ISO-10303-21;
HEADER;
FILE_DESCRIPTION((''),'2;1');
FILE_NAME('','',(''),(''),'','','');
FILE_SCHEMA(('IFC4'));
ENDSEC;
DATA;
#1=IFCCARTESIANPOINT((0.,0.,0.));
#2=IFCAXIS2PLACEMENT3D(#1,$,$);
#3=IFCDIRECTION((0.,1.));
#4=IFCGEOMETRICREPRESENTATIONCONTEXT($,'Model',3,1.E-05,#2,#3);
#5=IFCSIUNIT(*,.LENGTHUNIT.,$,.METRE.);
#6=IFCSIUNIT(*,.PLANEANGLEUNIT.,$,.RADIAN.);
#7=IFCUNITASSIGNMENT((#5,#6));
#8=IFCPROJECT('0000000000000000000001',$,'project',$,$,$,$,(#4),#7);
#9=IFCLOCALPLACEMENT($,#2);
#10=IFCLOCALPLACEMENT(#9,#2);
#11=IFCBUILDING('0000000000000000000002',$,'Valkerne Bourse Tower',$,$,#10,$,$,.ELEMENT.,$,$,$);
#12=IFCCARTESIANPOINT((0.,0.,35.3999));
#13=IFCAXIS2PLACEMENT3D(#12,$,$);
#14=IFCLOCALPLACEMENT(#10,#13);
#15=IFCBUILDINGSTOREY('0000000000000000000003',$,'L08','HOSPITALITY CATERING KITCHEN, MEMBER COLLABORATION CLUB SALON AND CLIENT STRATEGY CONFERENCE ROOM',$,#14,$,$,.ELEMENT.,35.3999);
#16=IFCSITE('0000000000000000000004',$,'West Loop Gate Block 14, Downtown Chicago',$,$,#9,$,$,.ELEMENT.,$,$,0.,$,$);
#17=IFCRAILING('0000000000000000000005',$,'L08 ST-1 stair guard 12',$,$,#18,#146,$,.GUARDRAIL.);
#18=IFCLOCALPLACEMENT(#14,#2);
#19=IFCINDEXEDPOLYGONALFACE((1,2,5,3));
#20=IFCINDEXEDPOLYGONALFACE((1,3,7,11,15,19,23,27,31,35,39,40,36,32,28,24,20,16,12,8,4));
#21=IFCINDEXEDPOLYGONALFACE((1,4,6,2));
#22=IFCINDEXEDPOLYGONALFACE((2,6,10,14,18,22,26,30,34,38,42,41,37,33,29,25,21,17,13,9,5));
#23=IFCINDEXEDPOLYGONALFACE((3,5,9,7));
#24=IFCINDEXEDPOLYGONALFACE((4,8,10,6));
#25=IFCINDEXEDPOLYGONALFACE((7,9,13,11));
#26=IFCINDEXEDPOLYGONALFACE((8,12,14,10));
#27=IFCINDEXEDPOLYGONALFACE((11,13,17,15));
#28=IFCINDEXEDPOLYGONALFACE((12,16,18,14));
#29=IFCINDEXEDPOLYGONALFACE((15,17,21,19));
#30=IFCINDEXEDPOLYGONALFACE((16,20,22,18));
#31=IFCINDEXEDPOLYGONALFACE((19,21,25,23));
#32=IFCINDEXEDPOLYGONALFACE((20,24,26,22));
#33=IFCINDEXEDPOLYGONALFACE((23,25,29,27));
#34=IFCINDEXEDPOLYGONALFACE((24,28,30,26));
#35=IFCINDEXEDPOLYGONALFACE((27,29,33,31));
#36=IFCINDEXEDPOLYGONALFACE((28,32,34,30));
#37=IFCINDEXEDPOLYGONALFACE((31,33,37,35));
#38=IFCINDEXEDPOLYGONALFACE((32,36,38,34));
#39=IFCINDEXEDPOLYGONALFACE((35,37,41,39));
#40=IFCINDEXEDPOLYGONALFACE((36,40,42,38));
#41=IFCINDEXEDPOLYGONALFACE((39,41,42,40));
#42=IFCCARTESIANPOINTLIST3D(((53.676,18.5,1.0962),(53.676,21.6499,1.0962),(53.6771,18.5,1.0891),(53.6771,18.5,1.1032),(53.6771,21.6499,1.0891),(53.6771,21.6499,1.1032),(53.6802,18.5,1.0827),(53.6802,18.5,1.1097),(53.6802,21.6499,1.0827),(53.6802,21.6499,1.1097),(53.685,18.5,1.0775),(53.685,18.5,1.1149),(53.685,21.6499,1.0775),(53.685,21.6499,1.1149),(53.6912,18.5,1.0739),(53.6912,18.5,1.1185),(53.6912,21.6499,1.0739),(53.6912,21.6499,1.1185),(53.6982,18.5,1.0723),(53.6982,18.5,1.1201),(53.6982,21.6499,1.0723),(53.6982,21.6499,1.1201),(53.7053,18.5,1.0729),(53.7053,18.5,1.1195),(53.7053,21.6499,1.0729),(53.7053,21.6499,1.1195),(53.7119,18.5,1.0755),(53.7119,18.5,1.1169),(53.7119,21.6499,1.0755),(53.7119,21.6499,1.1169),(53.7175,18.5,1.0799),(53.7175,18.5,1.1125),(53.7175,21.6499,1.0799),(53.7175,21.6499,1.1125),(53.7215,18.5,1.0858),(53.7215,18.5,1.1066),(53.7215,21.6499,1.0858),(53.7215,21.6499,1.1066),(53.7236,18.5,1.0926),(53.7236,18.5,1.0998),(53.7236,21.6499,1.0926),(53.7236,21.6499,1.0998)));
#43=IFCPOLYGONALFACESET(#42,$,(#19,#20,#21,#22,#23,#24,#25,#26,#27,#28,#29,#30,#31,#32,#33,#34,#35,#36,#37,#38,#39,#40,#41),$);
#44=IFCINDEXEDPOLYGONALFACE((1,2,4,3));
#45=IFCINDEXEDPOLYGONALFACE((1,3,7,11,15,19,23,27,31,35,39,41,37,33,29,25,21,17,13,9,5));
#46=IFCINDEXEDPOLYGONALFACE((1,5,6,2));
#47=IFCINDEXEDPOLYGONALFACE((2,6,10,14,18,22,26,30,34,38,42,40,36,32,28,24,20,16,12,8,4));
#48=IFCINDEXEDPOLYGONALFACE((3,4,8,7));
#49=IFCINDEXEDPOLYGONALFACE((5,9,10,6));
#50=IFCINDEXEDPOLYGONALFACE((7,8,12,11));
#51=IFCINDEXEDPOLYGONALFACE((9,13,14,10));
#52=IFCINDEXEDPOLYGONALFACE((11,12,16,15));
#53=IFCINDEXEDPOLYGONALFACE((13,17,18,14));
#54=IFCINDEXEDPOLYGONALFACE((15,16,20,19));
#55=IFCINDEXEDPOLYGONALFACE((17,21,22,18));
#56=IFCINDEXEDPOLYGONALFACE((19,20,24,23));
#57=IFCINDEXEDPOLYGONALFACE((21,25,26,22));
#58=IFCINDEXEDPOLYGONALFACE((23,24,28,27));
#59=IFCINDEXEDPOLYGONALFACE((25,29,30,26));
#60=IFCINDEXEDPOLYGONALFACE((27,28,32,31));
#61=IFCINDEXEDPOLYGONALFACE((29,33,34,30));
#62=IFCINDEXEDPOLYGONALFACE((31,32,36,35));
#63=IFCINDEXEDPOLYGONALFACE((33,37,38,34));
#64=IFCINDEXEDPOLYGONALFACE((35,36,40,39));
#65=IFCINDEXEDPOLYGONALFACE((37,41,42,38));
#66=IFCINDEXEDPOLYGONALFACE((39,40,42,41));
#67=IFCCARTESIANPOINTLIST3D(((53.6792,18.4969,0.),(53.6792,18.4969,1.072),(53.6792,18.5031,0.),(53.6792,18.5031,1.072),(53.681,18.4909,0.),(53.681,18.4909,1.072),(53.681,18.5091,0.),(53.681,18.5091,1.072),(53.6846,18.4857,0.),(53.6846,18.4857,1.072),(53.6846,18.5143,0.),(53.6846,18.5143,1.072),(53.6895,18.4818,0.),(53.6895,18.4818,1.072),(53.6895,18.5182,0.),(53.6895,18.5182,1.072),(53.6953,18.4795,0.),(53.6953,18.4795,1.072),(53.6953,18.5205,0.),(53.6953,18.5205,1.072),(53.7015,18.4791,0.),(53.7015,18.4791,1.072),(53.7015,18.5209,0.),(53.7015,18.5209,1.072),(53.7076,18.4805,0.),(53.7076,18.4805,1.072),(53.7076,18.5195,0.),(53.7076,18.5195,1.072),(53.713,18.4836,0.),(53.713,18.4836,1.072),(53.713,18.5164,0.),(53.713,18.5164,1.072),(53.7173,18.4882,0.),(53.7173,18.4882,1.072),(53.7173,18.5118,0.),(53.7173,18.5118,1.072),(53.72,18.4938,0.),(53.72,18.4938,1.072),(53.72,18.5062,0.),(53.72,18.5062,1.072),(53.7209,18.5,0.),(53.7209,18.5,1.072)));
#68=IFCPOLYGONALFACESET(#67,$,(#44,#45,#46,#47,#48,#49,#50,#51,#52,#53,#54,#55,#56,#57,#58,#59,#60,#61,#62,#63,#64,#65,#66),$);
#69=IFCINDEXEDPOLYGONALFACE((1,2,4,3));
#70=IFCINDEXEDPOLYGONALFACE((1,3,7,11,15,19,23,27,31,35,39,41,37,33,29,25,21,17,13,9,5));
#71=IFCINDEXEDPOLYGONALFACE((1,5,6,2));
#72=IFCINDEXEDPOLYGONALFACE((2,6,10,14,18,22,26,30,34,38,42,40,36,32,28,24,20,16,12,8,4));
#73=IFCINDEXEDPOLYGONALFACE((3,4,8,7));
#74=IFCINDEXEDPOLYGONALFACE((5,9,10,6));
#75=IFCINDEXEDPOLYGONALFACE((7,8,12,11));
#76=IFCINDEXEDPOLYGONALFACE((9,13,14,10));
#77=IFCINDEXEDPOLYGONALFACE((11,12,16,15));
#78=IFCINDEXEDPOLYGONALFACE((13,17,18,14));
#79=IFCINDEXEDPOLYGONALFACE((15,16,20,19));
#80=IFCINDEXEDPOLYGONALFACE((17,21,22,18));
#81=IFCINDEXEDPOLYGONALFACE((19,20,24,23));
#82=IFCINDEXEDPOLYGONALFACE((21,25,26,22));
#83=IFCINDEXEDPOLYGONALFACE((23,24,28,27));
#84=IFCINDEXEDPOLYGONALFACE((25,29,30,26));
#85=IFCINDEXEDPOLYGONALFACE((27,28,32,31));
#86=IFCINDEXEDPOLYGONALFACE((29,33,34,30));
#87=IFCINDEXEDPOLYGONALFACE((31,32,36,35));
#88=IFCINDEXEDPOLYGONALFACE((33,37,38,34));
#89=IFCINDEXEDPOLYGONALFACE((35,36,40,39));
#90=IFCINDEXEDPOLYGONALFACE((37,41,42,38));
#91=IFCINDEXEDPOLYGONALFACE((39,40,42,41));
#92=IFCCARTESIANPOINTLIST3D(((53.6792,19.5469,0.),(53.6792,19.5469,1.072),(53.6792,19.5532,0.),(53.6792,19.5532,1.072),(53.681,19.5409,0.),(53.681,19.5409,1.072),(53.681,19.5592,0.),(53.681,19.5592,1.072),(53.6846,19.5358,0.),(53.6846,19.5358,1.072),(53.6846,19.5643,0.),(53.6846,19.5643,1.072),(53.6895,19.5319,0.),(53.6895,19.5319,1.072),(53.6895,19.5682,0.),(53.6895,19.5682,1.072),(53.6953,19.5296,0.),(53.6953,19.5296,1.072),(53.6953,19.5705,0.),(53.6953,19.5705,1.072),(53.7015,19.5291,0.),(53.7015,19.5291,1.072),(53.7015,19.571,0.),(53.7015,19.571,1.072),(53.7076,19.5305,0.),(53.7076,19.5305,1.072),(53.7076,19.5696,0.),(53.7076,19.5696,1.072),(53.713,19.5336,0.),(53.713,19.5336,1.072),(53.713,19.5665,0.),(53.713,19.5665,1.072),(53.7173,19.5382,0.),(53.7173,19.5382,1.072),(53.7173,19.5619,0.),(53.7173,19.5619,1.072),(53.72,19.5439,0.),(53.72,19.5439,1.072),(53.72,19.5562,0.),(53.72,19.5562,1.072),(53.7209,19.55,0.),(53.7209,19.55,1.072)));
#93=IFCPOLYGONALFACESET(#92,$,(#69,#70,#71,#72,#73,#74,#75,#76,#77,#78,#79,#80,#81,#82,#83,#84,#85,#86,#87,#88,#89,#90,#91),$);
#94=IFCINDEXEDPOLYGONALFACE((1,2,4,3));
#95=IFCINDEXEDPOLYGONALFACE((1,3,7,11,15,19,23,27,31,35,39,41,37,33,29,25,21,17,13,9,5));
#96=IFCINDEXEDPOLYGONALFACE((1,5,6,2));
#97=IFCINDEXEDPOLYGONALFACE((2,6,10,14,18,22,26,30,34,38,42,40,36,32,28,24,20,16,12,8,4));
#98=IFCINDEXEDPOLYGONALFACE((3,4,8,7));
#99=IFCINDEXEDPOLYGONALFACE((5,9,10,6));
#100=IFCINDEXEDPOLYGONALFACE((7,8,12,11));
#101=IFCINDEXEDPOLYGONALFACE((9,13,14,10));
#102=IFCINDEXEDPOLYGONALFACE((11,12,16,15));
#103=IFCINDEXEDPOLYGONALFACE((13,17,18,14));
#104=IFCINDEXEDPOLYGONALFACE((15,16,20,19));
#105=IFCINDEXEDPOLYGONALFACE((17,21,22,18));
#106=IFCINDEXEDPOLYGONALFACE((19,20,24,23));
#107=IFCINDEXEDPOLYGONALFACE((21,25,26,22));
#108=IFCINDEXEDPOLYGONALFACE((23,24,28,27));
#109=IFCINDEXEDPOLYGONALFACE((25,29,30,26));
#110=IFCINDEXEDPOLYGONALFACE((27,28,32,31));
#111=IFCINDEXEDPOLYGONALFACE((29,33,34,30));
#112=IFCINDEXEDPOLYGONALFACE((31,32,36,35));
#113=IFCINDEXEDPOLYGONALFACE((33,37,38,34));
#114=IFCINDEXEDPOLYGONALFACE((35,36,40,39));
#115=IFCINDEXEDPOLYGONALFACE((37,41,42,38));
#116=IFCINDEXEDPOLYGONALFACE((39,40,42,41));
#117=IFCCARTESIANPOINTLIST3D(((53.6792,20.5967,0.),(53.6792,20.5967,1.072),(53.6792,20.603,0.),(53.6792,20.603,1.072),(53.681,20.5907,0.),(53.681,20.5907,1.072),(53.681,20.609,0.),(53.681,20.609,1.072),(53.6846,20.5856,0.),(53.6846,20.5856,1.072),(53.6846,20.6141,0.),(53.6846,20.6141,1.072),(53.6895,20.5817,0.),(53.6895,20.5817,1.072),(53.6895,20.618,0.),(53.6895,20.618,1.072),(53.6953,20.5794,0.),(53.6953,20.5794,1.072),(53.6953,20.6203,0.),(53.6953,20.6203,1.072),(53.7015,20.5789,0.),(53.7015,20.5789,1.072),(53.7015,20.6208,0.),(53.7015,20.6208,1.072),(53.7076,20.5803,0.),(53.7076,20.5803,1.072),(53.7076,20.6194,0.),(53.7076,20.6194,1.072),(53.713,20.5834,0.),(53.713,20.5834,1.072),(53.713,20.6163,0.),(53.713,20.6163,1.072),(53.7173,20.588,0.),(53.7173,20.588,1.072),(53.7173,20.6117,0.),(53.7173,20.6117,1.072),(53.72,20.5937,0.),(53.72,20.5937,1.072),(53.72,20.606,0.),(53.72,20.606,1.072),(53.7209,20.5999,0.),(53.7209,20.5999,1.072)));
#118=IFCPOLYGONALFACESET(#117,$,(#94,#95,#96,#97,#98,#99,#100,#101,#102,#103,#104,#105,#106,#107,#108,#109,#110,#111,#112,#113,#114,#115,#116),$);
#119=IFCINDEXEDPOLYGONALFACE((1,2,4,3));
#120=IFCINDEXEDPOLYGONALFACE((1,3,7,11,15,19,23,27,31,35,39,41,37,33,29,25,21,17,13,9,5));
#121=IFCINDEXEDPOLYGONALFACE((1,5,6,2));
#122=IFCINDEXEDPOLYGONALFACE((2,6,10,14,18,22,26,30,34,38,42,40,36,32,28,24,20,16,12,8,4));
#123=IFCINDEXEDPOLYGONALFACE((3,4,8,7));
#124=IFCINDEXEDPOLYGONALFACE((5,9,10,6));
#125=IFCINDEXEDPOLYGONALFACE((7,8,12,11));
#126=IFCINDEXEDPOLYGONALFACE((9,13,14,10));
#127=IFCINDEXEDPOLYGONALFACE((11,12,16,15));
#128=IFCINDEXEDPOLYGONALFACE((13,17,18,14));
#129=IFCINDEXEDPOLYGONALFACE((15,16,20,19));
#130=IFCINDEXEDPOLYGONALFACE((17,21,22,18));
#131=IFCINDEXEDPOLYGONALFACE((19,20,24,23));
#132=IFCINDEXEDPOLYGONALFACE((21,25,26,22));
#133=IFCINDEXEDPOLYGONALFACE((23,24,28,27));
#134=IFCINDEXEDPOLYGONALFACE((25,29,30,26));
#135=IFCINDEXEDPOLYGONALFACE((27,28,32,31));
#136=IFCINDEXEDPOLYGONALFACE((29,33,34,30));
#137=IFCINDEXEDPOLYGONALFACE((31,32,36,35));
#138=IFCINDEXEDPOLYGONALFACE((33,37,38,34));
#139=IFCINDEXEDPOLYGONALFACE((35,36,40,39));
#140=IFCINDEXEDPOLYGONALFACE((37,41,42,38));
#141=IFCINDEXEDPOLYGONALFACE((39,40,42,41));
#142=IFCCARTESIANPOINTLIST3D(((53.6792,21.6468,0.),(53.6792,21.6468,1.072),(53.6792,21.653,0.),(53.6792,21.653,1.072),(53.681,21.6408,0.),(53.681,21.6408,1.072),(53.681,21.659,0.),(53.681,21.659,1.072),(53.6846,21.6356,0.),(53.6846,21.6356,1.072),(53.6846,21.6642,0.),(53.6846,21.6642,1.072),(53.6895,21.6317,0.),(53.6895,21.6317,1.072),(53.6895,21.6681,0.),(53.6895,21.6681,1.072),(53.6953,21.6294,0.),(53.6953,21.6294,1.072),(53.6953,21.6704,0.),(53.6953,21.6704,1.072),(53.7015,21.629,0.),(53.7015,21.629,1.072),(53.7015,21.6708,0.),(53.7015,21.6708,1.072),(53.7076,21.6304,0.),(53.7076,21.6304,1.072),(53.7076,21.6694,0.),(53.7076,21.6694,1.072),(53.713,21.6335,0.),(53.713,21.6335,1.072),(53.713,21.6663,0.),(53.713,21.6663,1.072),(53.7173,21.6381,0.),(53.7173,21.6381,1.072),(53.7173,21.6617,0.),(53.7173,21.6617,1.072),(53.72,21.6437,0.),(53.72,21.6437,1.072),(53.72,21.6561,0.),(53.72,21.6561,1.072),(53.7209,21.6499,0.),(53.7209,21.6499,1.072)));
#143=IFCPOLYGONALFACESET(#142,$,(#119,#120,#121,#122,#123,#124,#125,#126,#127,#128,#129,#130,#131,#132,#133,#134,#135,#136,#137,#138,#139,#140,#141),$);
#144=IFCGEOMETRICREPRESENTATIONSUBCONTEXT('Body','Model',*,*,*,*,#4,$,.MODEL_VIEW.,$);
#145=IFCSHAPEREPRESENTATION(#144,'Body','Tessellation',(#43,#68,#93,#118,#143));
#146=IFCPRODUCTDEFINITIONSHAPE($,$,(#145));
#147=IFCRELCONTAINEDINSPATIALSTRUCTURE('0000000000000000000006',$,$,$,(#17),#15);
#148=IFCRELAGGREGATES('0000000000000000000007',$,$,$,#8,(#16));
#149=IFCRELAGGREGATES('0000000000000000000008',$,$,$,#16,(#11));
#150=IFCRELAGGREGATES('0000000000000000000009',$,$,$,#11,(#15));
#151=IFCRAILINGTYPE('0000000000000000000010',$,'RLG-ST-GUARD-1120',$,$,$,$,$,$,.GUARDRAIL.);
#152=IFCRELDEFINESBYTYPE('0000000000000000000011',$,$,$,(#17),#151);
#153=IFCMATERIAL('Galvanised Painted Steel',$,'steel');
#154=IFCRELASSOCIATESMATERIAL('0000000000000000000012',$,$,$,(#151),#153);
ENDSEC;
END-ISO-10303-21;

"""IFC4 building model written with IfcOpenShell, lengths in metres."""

from ifc_helpers import new_model, si_unit, direction, frame, origin, origin_2d, place, context, subcontext, project, spatial, circle, extrude, material, type_object, element, save


model = new_model("IFC4")

# Units and contexts
model_context = context("Model", 3, precision=1e-05, world=origin(), true_north=direction((0.0, 1.0)))
body_context = subcontext(model_context, "Body", "Model", "MODEL_VIEW")
ifc_project = project(units=[si_unit("LENGTHUNIT", "METRE"), si_unit("PLANEANGLEUNIT", "RADIAN")], contexts=[model_context])

# Site, building, storey
site_placement = place(None, origin())
site = spatial("IfcSite", under=ifc_project, at=site_placement, Name="West Loop Gate Block 14, Downtown Chicago", CompositionType="ELEMENT", RefElevation=0.0)
building_placement = place(site_placement, origin())
building = spatial("IfcBuilding", under=site, at=building_placement, Name="Valkerne Bourse Tower", CompositionType="ELEMENT")
storey_placement = place(building_placement, frame((0.0, 0.0, 35.3999)))
storey = spatial("IfcBuildingStorey", under=building, at=storey_placement, Name="L08", Description="HOSPITALITY CATERING KITCHEN, MEMBER COLLABORATION CLUB SALON AND CLIENT STRATEGY CONFERENCE ROOM", CompositionType="ELEMENT", Elevation=35.3999)

# Shared definitions
ifc_material_1 = material(Name="Galvanised Painted Steel", Category="steel")

# Railing
railing_type_1 = type_object("IfcRailingType", Name="RLG-ST-GUARD-1120", PredefinedType="GUARDRAIL", material=ifc_material_1)
railing_1_placement = place(storey_placement, frame((53.7, 18.5, 0.0)))
element("IfcRailing", 1, at=railing_1_placement, inside=storey, type_object=railing_type_1, Name="L08 ST-1 stair guard 12", PredefinedType="GUARDRAIL", context=body_context, shape_type="SweptSolid", body=[
    extrude(circle(Radius=0.0239, at=origin_2d()), frame((0.0, 0.0, 1.0962), z_axis=(0.0, 1.0, 0.0), x_axis=(-1.0, 0.0, 0.0)), (0.0, 0.0, 1.0), 3.1499),
    extrude(circle(Radius=0.021, at=origin_2d()), origin(), (0.0, 0.0, 1.0), 1.072),
    extrude(circle(Radius=0.021, at=origin_2d()), frame((0.0, 1.05, 0.0)), (0.0, 0.0, 1.0), 1.072),
    extrude(circle(Radius=0.021, at=origin_2d()), frame((0.0, 2.0999, 0.0)), (0.0, 0.0, 1.0), 1.072),
    extrude(circle(Radius=0.021, at=origin_2d()), frame((0.0, 3.1499, 0.0)), (0.0, 0.0, 1.0), 1.072),
])

save(model, "model.ifc")
